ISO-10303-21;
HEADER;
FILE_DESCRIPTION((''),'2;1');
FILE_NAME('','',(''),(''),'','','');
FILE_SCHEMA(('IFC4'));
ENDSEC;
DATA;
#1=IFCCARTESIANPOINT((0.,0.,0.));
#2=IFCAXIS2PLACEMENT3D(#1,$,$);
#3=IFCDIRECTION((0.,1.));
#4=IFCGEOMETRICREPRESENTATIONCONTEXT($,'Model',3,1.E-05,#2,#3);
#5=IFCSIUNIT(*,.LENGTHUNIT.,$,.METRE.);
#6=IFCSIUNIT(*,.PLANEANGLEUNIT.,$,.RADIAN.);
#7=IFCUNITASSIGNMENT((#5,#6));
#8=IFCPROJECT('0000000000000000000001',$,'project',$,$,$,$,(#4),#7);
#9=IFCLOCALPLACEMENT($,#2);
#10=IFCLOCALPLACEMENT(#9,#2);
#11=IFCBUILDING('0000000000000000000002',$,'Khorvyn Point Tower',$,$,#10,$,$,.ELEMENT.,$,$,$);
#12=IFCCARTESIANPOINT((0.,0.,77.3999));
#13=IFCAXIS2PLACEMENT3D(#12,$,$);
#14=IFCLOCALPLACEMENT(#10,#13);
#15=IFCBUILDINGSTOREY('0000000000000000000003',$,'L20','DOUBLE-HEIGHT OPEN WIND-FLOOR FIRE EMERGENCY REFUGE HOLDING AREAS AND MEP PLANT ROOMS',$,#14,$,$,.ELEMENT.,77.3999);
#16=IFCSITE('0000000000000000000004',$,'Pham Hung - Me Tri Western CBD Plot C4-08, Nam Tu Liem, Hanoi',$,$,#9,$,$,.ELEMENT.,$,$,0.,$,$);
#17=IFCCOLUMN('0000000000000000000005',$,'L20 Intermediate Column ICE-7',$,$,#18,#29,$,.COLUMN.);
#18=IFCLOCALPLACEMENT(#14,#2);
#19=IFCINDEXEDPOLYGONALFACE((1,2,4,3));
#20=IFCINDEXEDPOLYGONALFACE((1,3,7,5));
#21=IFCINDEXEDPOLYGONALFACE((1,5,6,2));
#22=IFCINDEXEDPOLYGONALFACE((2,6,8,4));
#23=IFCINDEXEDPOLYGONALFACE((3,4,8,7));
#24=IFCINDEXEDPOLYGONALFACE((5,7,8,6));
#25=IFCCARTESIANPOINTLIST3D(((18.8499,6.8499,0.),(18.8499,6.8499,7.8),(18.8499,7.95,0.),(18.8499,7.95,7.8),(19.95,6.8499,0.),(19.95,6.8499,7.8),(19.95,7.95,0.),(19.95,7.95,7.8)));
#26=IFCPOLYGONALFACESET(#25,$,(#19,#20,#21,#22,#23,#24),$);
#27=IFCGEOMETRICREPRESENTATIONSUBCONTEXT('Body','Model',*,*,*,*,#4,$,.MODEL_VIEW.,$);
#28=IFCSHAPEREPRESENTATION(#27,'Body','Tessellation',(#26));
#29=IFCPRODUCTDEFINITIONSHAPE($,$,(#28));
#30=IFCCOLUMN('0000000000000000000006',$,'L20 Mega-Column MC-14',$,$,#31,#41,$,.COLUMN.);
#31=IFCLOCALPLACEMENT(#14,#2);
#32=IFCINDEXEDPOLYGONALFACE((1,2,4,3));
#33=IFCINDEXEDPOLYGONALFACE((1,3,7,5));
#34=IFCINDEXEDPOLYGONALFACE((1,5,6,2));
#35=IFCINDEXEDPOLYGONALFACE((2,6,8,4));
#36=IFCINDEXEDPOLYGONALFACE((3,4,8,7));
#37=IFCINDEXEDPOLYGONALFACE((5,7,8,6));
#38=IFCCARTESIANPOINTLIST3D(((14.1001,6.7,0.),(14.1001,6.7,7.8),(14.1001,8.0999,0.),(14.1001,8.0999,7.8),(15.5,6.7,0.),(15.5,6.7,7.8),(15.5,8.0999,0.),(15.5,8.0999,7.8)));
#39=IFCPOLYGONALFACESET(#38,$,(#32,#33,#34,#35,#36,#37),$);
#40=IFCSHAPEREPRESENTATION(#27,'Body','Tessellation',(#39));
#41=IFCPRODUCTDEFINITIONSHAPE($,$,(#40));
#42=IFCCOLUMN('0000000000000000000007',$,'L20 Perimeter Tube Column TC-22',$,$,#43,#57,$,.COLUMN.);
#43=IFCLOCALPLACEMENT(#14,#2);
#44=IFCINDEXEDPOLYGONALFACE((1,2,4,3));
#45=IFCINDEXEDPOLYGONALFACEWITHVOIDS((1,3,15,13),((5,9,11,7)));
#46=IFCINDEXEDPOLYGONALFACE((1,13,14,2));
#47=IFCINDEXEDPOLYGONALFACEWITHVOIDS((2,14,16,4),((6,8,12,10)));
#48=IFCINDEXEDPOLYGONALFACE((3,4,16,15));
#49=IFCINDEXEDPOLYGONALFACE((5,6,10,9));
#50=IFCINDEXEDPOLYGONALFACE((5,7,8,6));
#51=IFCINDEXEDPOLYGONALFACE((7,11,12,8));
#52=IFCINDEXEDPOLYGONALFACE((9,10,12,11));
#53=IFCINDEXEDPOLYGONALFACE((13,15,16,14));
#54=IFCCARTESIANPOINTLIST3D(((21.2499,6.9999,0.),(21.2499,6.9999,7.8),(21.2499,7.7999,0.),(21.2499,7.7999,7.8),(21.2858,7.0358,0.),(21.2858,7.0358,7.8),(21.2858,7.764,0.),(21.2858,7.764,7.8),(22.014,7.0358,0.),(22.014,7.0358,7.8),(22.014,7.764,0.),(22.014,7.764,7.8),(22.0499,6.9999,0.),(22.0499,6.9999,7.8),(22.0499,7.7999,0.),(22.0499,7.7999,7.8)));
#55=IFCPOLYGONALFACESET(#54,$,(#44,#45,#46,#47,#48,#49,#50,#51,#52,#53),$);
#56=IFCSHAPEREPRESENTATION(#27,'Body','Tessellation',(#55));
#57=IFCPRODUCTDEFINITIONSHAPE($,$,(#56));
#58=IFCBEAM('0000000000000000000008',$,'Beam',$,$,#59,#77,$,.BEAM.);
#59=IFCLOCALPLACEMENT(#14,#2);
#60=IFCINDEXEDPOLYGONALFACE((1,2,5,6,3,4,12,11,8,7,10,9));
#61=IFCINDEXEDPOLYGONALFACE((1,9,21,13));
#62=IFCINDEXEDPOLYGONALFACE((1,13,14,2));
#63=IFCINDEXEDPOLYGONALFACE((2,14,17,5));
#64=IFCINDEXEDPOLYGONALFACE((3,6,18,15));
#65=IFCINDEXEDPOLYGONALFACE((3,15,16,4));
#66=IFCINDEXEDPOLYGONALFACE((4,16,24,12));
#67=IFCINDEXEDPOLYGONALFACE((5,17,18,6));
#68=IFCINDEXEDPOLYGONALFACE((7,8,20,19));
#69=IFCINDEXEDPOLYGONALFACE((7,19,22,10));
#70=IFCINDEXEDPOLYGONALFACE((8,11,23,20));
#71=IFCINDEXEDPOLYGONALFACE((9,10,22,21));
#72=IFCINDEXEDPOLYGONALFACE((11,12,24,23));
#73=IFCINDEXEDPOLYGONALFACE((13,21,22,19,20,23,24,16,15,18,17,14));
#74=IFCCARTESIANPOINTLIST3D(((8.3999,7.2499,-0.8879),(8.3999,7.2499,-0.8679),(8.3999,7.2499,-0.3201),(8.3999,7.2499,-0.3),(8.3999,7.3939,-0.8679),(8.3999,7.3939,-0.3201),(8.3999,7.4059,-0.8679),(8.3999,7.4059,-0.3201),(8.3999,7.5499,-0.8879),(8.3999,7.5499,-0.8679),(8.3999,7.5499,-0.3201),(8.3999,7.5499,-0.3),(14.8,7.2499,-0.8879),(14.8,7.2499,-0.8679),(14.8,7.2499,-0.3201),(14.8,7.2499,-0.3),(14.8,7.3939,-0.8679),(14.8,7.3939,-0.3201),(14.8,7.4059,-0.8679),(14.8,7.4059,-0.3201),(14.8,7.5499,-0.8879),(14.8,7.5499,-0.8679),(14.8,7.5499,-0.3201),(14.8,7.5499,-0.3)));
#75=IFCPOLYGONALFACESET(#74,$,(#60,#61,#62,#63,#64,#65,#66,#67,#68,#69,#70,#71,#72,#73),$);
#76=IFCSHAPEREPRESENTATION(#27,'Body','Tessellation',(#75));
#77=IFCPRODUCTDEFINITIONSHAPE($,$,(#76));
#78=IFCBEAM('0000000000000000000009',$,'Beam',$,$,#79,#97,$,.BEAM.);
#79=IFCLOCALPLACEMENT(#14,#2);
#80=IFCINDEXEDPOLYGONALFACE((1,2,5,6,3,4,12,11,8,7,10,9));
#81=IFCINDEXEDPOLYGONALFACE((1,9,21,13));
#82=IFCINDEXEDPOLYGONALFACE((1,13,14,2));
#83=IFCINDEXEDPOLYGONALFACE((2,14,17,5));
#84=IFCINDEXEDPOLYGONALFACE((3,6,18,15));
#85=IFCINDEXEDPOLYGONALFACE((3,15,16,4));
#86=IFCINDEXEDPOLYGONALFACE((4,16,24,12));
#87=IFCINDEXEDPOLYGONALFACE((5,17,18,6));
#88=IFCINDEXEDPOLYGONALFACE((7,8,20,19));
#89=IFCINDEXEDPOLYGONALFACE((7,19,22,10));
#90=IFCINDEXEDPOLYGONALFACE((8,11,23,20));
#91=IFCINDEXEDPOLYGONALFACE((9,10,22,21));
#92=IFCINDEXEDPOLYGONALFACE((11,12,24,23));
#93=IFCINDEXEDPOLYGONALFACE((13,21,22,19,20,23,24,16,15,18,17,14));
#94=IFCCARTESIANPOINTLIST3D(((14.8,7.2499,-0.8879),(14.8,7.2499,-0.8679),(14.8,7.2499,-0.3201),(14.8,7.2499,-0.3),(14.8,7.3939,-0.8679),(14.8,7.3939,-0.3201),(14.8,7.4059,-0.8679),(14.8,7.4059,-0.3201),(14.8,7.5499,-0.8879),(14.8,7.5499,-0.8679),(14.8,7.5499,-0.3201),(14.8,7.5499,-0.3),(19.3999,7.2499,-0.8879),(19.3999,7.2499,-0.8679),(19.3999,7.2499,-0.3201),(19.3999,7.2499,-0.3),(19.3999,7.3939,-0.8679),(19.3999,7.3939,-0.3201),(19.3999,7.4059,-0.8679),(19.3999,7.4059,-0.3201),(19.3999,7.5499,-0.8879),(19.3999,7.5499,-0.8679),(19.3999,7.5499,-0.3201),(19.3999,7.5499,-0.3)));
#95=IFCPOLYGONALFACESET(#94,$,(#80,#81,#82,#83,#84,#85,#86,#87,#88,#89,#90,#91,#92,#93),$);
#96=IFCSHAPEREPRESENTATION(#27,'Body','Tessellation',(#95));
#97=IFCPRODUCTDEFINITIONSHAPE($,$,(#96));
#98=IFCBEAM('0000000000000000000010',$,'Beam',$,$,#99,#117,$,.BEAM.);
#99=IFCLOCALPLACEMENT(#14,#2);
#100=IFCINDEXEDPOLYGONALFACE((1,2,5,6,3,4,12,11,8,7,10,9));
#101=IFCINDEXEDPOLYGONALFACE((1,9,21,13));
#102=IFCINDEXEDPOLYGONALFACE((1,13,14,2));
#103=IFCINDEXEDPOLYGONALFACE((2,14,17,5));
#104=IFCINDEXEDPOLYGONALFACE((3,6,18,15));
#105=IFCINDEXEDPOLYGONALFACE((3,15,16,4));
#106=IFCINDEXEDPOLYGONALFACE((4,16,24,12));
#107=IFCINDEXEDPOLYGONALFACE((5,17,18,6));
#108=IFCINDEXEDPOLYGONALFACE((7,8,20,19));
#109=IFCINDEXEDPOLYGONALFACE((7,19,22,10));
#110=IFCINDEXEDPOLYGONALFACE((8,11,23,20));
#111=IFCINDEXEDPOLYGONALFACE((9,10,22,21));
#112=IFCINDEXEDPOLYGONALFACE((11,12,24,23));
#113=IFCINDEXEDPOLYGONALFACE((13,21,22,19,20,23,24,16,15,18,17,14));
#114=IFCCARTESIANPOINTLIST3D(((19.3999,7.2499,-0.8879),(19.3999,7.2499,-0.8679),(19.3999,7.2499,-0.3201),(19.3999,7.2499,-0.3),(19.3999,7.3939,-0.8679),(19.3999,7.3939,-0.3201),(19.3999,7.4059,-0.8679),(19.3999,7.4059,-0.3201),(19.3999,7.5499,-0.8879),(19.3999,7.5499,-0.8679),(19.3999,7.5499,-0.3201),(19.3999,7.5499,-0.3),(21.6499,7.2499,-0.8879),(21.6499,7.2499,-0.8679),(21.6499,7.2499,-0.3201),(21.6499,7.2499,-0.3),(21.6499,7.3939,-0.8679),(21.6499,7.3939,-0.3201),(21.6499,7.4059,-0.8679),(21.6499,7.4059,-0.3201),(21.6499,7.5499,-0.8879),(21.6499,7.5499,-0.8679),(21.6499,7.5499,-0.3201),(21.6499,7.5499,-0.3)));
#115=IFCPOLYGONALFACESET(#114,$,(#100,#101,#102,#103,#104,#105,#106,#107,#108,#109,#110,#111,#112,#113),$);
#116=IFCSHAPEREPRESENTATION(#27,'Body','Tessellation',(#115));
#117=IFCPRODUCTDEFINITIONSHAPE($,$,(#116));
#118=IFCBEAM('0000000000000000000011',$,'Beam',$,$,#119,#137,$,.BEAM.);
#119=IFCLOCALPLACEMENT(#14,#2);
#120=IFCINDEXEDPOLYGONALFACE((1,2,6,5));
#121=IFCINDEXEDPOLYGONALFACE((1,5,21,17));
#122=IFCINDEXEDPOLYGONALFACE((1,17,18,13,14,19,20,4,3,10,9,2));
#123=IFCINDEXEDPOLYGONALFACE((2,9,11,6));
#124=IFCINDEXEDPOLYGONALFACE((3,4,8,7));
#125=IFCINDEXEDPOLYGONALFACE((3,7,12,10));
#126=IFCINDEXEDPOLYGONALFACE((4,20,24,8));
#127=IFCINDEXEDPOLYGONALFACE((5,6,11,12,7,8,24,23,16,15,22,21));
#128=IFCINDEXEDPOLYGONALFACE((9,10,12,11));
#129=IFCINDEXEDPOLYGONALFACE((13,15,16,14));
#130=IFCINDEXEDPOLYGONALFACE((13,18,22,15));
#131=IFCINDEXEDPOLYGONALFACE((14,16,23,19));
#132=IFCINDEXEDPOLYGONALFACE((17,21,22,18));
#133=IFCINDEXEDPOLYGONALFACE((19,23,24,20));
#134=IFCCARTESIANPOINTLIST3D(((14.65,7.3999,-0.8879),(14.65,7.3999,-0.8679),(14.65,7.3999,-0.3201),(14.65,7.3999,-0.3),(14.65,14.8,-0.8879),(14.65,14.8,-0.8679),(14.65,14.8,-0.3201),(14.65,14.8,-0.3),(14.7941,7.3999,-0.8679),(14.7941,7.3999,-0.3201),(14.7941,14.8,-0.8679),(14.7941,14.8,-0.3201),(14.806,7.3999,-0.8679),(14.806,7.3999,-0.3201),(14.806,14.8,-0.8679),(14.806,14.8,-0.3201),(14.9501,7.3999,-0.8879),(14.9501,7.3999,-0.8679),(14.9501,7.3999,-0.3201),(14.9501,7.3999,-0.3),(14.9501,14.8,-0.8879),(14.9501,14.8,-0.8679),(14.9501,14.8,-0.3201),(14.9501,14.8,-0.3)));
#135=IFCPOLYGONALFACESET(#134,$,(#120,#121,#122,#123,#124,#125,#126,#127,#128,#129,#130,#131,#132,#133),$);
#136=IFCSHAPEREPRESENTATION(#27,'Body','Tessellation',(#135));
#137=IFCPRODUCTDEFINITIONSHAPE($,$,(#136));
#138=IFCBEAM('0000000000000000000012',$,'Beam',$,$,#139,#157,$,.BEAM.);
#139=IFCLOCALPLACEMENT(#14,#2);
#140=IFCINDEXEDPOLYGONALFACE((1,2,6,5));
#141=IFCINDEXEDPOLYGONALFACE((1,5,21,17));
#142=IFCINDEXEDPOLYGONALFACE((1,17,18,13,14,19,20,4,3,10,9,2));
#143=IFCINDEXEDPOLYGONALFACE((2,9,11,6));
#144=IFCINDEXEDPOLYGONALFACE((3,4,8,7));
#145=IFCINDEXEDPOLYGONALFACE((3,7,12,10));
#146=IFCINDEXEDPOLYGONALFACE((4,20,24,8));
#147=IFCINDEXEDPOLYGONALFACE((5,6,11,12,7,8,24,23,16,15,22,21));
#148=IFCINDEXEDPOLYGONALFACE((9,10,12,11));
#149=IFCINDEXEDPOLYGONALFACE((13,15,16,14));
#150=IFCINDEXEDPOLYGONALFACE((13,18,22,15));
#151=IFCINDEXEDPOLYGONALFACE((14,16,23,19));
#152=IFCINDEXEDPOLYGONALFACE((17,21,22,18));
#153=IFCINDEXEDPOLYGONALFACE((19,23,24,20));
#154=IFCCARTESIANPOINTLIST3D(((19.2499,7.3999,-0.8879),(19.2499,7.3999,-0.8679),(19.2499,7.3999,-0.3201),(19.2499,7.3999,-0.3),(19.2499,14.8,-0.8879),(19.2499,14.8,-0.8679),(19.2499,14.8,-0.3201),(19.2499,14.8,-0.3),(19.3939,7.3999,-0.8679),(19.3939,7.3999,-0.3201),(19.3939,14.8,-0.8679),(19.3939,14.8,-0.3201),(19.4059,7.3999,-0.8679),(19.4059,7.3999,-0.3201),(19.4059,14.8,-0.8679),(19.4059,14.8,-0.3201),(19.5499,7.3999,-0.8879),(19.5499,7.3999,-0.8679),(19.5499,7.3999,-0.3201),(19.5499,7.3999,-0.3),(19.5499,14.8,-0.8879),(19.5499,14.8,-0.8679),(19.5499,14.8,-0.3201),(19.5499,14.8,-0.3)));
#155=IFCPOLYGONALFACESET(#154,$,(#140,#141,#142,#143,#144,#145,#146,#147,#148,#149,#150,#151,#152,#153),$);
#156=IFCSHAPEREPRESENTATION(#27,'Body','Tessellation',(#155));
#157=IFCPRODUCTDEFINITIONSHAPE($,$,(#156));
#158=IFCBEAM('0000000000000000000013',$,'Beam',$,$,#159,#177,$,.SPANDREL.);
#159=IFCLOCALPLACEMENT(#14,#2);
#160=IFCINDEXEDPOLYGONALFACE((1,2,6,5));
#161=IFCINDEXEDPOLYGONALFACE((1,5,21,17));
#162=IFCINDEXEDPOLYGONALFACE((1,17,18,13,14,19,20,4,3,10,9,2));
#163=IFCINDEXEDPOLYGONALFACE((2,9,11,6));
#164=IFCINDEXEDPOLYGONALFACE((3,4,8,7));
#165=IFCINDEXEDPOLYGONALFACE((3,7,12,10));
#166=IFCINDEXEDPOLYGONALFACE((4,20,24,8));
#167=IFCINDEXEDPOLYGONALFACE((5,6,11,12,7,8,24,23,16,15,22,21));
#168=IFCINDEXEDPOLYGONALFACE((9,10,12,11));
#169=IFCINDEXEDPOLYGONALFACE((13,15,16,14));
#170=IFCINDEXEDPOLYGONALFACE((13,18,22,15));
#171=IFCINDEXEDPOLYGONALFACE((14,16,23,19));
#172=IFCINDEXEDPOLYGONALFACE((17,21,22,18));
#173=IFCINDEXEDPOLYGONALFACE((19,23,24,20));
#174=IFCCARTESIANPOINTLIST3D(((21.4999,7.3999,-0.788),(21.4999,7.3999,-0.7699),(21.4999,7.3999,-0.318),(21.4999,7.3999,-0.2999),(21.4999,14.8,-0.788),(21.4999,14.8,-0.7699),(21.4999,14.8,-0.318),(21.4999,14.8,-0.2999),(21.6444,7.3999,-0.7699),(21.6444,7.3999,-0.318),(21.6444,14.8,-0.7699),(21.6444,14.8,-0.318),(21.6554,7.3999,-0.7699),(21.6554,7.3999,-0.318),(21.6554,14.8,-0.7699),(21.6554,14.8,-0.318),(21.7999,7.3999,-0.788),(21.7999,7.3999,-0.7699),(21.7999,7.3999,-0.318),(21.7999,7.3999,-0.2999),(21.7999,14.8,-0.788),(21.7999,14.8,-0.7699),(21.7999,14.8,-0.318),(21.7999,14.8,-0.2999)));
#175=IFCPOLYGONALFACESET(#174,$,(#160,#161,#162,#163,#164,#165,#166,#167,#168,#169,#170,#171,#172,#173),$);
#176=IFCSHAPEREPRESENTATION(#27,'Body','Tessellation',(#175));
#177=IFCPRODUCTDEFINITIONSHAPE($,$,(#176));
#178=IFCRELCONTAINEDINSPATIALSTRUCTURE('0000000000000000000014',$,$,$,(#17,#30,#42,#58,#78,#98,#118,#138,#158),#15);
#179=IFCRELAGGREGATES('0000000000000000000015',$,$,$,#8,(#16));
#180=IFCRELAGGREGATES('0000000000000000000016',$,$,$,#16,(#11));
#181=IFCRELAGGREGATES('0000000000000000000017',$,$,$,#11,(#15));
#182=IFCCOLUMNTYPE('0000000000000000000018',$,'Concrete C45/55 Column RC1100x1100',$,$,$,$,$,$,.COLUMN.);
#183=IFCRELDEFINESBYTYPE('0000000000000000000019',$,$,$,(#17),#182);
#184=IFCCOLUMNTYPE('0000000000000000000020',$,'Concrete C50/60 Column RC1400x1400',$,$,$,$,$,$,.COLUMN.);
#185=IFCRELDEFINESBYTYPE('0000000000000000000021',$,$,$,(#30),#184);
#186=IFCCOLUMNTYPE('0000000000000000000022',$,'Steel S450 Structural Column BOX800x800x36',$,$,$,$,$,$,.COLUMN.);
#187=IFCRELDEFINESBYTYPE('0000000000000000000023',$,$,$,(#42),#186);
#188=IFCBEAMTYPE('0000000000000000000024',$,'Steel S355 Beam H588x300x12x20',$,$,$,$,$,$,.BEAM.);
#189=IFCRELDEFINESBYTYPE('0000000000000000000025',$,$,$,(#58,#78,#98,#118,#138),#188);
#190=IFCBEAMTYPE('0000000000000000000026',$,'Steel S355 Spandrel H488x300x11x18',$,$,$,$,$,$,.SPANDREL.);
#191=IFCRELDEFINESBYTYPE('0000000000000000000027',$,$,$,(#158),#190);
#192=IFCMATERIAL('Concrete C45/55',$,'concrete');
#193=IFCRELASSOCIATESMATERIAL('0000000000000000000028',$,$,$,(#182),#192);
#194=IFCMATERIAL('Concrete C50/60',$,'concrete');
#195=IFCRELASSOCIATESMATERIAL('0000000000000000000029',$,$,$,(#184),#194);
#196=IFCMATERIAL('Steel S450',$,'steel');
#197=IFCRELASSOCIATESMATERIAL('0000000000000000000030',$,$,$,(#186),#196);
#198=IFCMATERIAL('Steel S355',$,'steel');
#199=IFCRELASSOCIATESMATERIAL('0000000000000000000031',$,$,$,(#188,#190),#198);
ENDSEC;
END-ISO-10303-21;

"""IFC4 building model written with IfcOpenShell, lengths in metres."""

from ifc_helpers import new_model, si_unit, direction, frame, origin, origin_2d, place, context, subcontext, project, spatial, rectangle, hollow_rectangle, i_section, extrude, material, material_profile, profile_set, type_object, element, save


model = new_model("IFC4")

# Units and contexts
model_context = context("Model", 3, precision=1e-05, world=origin(), true_north=direction((0.0, 1.0)))
body_context = subcontext(model_context, "Body", "Model", "MODEL_VIEW")
ifc_project = project(units=[si_unit("LENGTHUNIT", "METRE"), si_unit("PLANEANGLEUNIT", "RADIAN")], contexts=[model_context])

# Site, building, storey
site_placement = place(None, origin())
site = spatial("IfcSite", under=ifc_project, at=site_placement, Name="Pham Hung - Me Tri Western CBD Plot C4-08, Nam Tu Liem, Hanoi", CompositionType="ELEMENT", RefElevation=0.0)
building_placement = place(site_placement, origin())
building = spatial("IfcBuilding", under=site, at=building_placement, Name="Khorvyn Point Tower", CompositionType="ELEMENT")
storey_placement = place(building_placement, frame((0.0, 0.0, 77.3999)))
storey = spatial("IfcBuildingStorey", under=building, at=storey_placement, Name="L20", Description="DOUBLE-HEIGHT OPEN WIND-FLOOR FIRE EMERGENCY REFUGE HOLDING AREAS AND MEP PLANT ROOMS", CompositionType="ELEMENT", Elevation=77.3999)

# Columns
ifc_material_1 = material(Name="Concrete C45/55", Category="concrete")
ifc_material_profile_1 = material_profile(ifc_material_1, rectangle(XDim=1.1001, YDim=1.1001, at=origin_2d()))
ifc_profile_set_1 = profile_set([ifc_material_profile_1], Name="Concrete C45/55 RC1100x1100")
column_type_1 = type_object("IfcColumnType", Name="Concrete C45/55 Column RC1100x1100", PredefinedType="COLUMN", material=ifc_profile_set_1)
column_1_placement = place(storey_placement, frame((19.3999, 7.3999, 0.0), z_axis=(0.0, 0.0, 1.0), x_axis=(1.0, 0.0, 0.0)))
element("IfcColumn", 1, at=column_1_placement, inside=storey, type_object=column_type_1, Name="L20 Intermediate Column ICE-7", PredefinedType="COLUMN", context=body_context, shape_type="SweptSolid", body=[
    extrude(rectangle(XDim=1.1001, YDim=1.1001, at=origin_2d()), origin(), (0.0, 0.0, 1.0), 7.8),
])
ifc_material_2 = material(Name="Concrete C50/60", Category="concrete")
ifc_material_profile_2 = material_profile(ifc_material_2, rectangle(XDim=1.3999, YDim=1.3999, at=origin_2d()))
ifc_profile_set_2 = profile_set([ifc_material_profile_2], Name="Concrete C50/60 RC1400x1400")
column_type_2 = type_object("IfcColumnType", Name="Concrete C50/60 Column RC1400x1400", PredefinedType="COLUMN", material=ifc_profile_set_2)
column_2_placement = place(storey_placement, frame((14.8, 7.3999, 0.0), z_axis=(0.0, 0.0, 1.0), x_axis=(1.0, 0.0, 0.0)))
element("IfcColumn", 2, at=column_2_placement, inside=storey, type_object=column_type_2, Name="L20 Mega-Column MC-14", PredefinedType="COLUMN", context=body_context, shape_type="SweptSolid", body=[
    extrude(rectangle(XDim=1.3999, YDim=1.3999, at=origin_2d()), origin(), (0.0, 0.0, 1.0), 7.8),
])
ifc_material_3 = material(Name="Steel S450", Category="steel")
ifc_material_profile_3 = material_profile(ifc_material_3, hollow_rectangle(XDim=0.8, YDim=0.8, WallThickness=0.0359, at=origin_2d()))
ifc_profile_set_3 = profile_set([ifc_material_profile_3], Name="Steel S450 BOX800x800x36")
column_type_3 = type_object("IfcColumnType", Name="Steel S450 Structural Column BOX800x800x36", PredefinedType="COLUMN", material=ifc_profile_set_3)
column_3_placement = place(storey_placement, frame((21.6499, 7.3999, 0.0), z_axis=(0.0, 0.0, 1.0), x_axis=(1.0, 0.0, 0.0)))
element("IfcColumn", 3, at=column_3_placement, inside=storey, type_object=column_type_3, Name="L20 Perimeter Tube Column TC-22", PredefinedType="COLUMN", context=body_context, shape_type="SweptSolid", body=[
    extrude(hollow_rectangle(XDim=0.8, YDim=0.8, WallThickness=0.0359, at=origin_2d()), origin(), (0.0, 0.0, 1.0), 7.8),
])

# Beams
ifc_material_4 = material(Name="Steel S355", Category="steel")
ifc_material_profile_4 = material_profile(ifc_material_4, i_section(OverallWidth=0.3, OverallDepth=0.5879, WebThickness=0.012, FlangeThickness=0.02, at=origin_2d()))
ifc_profile_set_4 = profile_set([ifc_material_profile_4], Name="Steel S355 H588x300x12x20")
beam_type_1 = type_object("IfcBeamType", Name="Steel S355 Beam H588x300x12x20", PredefinedType="BEAM", material=ifc_profile_set_4)
beam_1_placement = place(storey_placement, frame((8.3999, 7.3999, -0.594), z_axis=(1.0, 0.0, 0.0), x_axis=(0.0, 1.0, 0.0)))
element("IfcBeam", 4, at=beam_1_placement, inside=storey, type_object=beam_type_1, Name="Beam", PredefinedType="BEAM", context=body_context, shape_type="SweptSolid", body=[
    extrude(i_section(OverallWidth=0.3, OverallDepth=0.5879, WebThickness=0.012, FlangeThickness=0.02, at=origin_2d()), origin(), (0.0, 0.0, 1.0), 6.4001),
])
beam_2_placement = place(storey_placement, frame((14.8, 7.3999, -0.594), z_axis=(1.0, 0.0, 0.0), x_axis=(0.0, 1.0, 0.0)))
element("IfcBeam", 5, at=beam_2_placement, inside=storey, type_object=beam_type_1, Name="Beam", PredefinedType="BEAM", context=body_context, shape_type="SweptSolid", body=[
    extrude(i_section(OverallWidth=0.3, OverallDepth=0.5879, WebThickness=0.012, FlangeThickness=0.02, at=origin_2d()), origin(), (0.0, 0.0, 1.0), 4.5999),
])
beam_3_placement = place(storey_placement, frame((19.3999, 7.3999, -0.594), z_axis=(1.0, 0.0, 0.0), x_axis=(0.0, 1.0, 0.0)))
element("IfcBeam", 6, at=beam_3_placement, inside=storey, type_object=beam_type_1, Name="Beam", PredefinedType="BEAM", context=body_context, shape_type="SweptSolid", body=[
    extrude(i_section(OverallWidth=0.3, OverallDepth=0.5879, WebThickness=0.012, FlangeThickness=0.02, at=origin_2d()), origin(), (0.0, 0.0, 1.0), 2.25),
])
for number, where, z_axis, x_axis, name in (
    (7, (14.8, 7.3999, -0.594), (0.0, 1.0, 0.0), (-1.0, 0.0, 0.0), "Beam"),
    (8, (19.3999, 7.3999, -0.594), (0.0, 1.0, 0.0), (-1.0, 0.0, 0.0), "Beam"),
):
    element("IfcBeam", number, at=place(storey_placement, frame(where, z_axis=z_axis, x_axis=x_axis)), inside=storey, type_object=beam_type_1, Name=name, PredefinedType="BEAM", context=body_context, shape_type="SweptSolid", body=[
        extrude(i_section(OverallWidth=0.3, OverallDepth=0.5879, WebThickness=0.012, FlangeThickness=0.02, at=origin_2d()), origin(), (0.0, 0.0, 1.0), 7.4001),
    ])
ifc_material_profile_5 = material_profile(ifc_material_4, i_section(OverallWidth=0.3, OverallDepth=0.488, WebThickness=0.011, FlangeThickness=0.0181, at=origin_2d()))
ifc_profile_set_5 = profile_set([ifc_material_profile_5], Name="Steel S355 H488x300x11x18")
beam_type_2 = type_object("IfcBeamType", Name="Steel S355 Spandrel H488x300x11x18", PredefinedType="SPANDREL", material=ifc_profile_set_5)
beam_4_placement = place(storey_placement, frame((21.6499, 7.3999, -0.5439), z_axis=(0.0, 1.0, 0.0), x_axis=(-1.0, 0.0, 0.0)))
element("IfcBeam", 9, at=beam_4_placement, inside=storey, type_object=beam_type_2, Name="Beam", PredefinedType="SPANDREL", context=body_context, shape_type="SweptSolid", body=[
    extrude(i_section(OverallWidth=0.3, OverallDepth=0.488, WebThickness=0.011, FlangeThickness=0.0181, at=origin_2d()), origin(), (0.0, 0.0, 1.0), 7.4001),
])

save(model, "model.ifc")
